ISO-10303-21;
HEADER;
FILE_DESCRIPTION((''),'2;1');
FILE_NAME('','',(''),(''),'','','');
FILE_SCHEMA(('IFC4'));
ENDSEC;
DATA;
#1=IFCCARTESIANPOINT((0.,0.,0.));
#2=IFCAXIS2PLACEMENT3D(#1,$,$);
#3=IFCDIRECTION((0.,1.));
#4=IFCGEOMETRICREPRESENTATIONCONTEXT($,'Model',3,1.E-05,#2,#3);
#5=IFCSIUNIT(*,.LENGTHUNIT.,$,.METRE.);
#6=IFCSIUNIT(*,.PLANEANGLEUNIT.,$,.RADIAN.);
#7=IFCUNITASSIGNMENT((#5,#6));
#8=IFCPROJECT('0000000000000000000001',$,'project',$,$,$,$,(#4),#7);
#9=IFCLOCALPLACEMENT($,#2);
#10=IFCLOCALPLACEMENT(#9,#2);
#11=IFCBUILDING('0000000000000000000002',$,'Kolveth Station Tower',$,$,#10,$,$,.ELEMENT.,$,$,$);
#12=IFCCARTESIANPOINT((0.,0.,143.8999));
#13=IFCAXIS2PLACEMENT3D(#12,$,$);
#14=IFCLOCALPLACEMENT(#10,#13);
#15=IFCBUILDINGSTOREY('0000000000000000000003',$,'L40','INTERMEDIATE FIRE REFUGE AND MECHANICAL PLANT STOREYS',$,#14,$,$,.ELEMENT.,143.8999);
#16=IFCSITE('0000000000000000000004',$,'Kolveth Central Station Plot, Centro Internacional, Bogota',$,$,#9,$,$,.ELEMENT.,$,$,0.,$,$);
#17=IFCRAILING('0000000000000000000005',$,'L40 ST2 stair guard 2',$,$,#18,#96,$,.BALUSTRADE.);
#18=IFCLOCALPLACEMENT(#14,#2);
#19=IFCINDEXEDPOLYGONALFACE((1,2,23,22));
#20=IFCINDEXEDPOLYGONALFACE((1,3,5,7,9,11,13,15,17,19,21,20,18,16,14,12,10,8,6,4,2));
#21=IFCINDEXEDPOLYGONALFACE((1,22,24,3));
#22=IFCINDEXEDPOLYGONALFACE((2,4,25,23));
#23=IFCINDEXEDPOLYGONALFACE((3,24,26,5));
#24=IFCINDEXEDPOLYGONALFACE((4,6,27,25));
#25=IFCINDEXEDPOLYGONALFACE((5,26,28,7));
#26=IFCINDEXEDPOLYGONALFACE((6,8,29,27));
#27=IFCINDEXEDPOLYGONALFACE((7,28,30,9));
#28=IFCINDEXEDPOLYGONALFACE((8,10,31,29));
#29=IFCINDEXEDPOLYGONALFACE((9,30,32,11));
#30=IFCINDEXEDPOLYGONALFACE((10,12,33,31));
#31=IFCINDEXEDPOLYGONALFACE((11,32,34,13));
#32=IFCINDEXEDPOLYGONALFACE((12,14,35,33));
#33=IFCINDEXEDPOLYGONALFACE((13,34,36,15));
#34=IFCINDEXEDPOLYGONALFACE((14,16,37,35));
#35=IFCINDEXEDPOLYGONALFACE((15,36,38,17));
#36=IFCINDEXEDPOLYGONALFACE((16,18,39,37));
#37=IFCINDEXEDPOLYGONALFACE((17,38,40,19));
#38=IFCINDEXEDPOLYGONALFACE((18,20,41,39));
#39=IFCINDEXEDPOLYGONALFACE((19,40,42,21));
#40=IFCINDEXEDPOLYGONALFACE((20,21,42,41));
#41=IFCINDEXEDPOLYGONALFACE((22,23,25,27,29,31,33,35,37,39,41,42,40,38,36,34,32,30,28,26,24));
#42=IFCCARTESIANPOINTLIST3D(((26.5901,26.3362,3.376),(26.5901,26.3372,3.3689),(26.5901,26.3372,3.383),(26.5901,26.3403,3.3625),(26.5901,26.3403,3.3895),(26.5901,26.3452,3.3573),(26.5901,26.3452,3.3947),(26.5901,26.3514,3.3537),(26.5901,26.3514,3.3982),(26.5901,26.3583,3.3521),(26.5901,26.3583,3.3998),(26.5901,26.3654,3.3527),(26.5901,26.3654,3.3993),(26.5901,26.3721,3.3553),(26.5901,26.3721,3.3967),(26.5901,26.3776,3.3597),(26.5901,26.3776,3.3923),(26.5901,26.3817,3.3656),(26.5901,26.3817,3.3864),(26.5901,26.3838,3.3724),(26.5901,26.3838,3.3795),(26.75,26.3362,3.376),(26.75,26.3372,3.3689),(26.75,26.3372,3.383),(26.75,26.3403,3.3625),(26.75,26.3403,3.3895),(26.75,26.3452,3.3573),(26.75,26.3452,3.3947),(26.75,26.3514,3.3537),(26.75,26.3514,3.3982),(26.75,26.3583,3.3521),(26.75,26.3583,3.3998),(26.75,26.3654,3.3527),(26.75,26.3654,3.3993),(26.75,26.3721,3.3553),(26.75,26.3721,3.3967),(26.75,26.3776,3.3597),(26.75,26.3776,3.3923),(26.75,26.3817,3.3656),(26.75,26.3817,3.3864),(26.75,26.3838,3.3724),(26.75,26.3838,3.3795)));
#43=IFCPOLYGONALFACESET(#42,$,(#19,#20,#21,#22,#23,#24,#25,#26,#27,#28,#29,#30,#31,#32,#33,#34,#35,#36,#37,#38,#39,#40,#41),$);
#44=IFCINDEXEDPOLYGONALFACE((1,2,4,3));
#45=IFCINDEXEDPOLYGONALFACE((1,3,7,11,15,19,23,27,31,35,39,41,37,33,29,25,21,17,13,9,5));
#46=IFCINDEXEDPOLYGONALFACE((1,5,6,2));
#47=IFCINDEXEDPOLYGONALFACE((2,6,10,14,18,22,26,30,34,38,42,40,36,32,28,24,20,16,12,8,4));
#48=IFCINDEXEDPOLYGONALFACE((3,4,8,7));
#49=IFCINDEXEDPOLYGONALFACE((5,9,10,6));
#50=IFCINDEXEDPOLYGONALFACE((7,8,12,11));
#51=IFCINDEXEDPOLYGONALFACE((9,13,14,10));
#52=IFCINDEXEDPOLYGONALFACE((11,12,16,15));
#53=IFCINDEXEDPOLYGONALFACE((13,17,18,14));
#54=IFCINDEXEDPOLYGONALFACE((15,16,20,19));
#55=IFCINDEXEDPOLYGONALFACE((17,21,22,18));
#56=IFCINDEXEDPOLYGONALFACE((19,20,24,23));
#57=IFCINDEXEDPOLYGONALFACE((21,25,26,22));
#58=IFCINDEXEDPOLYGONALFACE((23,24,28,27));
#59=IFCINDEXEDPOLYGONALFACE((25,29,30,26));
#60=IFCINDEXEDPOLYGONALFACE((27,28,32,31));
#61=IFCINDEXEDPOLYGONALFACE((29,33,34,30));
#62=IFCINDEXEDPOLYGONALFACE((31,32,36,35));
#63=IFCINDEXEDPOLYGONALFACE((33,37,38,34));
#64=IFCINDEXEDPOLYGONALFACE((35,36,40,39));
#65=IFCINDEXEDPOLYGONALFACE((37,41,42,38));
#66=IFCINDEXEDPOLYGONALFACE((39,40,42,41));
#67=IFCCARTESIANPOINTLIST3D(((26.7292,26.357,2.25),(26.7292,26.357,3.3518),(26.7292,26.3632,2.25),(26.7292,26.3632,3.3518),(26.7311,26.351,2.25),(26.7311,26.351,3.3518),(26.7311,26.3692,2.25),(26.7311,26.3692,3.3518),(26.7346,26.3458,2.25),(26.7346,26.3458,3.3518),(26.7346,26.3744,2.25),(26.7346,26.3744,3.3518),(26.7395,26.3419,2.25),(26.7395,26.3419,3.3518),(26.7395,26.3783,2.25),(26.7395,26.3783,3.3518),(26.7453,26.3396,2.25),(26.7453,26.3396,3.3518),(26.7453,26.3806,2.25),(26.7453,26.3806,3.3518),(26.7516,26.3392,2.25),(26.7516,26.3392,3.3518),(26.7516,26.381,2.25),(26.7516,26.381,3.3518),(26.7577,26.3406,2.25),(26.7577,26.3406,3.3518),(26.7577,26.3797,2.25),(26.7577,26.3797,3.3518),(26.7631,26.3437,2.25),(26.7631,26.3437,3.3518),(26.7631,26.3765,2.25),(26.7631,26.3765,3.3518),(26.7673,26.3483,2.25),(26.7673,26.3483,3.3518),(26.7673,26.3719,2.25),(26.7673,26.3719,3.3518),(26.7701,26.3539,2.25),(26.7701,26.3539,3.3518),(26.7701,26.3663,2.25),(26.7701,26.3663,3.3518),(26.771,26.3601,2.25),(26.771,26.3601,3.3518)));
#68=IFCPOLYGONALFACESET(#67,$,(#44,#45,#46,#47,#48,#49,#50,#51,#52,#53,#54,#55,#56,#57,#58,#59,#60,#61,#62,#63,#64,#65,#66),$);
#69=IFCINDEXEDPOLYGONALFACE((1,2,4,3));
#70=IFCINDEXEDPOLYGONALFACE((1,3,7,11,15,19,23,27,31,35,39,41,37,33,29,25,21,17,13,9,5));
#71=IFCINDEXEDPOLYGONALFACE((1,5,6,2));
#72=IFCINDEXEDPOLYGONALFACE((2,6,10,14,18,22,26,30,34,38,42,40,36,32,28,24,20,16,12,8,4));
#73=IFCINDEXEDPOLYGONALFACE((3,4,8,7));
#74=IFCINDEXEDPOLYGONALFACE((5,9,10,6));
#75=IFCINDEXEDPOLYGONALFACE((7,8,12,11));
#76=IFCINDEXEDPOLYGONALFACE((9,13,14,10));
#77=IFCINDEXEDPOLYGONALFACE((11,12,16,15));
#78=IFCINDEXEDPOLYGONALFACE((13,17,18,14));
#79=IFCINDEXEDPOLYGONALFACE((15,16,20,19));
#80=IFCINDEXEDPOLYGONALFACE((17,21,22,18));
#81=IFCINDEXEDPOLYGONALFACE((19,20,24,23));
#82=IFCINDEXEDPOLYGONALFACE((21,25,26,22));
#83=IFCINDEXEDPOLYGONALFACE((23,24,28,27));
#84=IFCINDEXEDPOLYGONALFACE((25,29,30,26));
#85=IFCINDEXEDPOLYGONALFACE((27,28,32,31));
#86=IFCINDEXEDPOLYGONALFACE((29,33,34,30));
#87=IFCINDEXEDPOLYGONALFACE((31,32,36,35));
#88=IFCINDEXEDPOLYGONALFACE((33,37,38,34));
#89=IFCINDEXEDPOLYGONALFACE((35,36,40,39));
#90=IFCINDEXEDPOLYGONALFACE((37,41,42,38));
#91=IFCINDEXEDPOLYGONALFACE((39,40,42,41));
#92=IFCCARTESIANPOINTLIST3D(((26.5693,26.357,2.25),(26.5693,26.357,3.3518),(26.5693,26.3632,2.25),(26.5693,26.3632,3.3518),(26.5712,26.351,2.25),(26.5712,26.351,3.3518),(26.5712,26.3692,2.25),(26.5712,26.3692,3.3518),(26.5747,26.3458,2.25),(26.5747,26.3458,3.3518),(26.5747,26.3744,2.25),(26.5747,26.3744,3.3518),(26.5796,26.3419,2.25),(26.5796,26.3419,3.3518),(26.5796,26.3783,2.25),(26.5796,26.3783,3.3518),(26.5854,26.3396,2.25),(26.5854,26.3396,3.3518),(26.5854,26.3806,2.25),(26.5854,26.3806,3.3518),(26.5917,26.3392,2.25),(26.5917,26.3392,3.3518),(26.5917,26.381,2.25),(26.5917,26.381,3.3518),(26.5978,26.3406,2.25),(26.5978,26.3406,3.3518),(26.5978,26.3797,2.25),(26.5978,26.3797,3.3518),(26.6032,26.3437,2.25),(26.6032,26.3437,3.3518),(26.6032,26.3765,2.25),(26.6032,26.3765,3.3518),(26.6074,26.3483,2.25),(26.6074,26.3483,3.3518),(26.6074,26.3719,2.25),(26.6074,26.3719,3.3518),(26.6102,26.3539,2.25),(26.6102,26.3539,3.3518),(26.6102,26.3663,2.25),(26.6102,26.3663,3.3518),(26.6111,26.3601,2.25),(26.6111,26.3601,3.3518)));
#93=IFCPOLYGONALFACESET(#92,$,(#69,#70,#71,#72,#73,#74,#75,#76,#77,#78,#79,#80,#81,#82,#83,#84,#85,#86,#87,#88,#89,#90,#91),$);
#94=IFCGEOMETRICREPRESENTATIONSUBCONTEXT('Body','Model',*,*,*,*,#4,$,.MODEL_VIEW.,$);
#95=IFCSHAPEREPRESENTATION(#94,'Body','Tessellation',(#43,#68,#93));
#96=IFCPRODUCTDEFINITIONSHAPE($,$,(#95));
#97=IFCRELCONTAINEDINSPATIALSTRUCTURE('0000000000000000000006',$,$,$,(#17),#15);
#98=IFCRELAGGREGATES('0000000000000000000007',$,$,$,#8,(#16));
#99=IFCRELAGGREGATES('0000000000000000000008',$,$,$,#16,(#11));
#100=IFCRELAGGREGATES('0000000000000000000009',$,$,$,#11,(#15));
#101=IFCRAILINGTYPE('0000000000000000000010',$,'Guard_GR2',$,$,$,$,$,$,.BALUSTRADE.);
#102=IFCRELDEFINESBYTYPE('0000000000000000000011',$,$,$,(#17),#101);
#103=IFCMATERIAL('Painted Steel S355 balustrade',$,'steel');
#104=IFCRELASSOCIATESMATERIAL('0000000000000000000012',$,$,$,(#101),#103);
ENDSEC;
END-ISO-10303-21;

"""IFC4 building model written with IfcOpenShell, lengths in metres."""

from ifc_helpers import new_model, si_unit, direction, frame, origin, origin_2d, place, context, subcontext, project, spatial, circle, extrude, material, type_object, element, save


model = new_model("IFC4")

# Units and contexts
model_context = context("Model", 3, precision=1e-05, world=origin(), true_north=direction((0.0, 1.0)))
body_context = subcontext(model_context, "Body", "Model", "MODEL_VIEW")
ifc_project = project(units=[si_unit("LENGTHUNIT", "METRE"), si_unit("PLANEANGLEUNIT", "RADIAN")], contexts=[model_context])

# Site, building, storey
site_placement = place(None, origin())
site = spatial("IfcSite", under=ifc_project, at=site_placement, Name="Kolveth Central Station Plot, Centro Internacional, Bogota", CompositionType="ELEMENT", RefElevation=0.0)
building_placement = place(site_placement, origin())
building = spatial("IfcBuilding", under=site, at=building_placement, Name="Kolveth Station Tower", CompositionType="ELEMENT")
storey_placement = place(building_placement, frame((0.0, 0.0, 143.8999)))
storey = spatial("IfcBuildingStorey", under=building, at=storey_placement, Name="L40", Description="INTERMEDIATE FIRE REFUGE AND MECHANICAL PLANT STOREYS", CompositionType="ELEMENT", Elevation=143.8999)

# Railing
ifc_material_1 = material(Name="Painted Steel S355 balustrade", Category="steel")
railing_type = type_object("IfcRailingType", Name="Guard_GR2", PredefinedType="BALUSTRADE", material=ifc_material_1)
railing_1_placement = place(storey_placement, frame((26.75, 26.3601, 2.25)))
element("IfcRailing", 1, at=railing_1_placement, inside=storey, type_object=railing_type, Name="L40 ST2 stair guard 2", PredefinedType="BALUSTRADE", context=body_context, shape_type="SweptSolid", body=[
    extrude(circle(Radius=0.0239, at=origin_2d()), frame((0.0, 0.0, 1.126), z_axis=(-1.0, 0.0, 0.0), x_axis=(0.0, -1.0, 0.0)), (0.0, 0.0, 1.0), 0.1599),
    extrude(circle(Radius=0.021, at=origin_2d()), origin(), (0.0, 0.0, 1.0), 1.1018),
    extrude(circle(Radius=0.021, at=origin_2d()), frame((-0.1599, 0.0, 0.0)), (0.0, 0.0, 1.0), 1.1018),
])

save(model, "model.ifc")
